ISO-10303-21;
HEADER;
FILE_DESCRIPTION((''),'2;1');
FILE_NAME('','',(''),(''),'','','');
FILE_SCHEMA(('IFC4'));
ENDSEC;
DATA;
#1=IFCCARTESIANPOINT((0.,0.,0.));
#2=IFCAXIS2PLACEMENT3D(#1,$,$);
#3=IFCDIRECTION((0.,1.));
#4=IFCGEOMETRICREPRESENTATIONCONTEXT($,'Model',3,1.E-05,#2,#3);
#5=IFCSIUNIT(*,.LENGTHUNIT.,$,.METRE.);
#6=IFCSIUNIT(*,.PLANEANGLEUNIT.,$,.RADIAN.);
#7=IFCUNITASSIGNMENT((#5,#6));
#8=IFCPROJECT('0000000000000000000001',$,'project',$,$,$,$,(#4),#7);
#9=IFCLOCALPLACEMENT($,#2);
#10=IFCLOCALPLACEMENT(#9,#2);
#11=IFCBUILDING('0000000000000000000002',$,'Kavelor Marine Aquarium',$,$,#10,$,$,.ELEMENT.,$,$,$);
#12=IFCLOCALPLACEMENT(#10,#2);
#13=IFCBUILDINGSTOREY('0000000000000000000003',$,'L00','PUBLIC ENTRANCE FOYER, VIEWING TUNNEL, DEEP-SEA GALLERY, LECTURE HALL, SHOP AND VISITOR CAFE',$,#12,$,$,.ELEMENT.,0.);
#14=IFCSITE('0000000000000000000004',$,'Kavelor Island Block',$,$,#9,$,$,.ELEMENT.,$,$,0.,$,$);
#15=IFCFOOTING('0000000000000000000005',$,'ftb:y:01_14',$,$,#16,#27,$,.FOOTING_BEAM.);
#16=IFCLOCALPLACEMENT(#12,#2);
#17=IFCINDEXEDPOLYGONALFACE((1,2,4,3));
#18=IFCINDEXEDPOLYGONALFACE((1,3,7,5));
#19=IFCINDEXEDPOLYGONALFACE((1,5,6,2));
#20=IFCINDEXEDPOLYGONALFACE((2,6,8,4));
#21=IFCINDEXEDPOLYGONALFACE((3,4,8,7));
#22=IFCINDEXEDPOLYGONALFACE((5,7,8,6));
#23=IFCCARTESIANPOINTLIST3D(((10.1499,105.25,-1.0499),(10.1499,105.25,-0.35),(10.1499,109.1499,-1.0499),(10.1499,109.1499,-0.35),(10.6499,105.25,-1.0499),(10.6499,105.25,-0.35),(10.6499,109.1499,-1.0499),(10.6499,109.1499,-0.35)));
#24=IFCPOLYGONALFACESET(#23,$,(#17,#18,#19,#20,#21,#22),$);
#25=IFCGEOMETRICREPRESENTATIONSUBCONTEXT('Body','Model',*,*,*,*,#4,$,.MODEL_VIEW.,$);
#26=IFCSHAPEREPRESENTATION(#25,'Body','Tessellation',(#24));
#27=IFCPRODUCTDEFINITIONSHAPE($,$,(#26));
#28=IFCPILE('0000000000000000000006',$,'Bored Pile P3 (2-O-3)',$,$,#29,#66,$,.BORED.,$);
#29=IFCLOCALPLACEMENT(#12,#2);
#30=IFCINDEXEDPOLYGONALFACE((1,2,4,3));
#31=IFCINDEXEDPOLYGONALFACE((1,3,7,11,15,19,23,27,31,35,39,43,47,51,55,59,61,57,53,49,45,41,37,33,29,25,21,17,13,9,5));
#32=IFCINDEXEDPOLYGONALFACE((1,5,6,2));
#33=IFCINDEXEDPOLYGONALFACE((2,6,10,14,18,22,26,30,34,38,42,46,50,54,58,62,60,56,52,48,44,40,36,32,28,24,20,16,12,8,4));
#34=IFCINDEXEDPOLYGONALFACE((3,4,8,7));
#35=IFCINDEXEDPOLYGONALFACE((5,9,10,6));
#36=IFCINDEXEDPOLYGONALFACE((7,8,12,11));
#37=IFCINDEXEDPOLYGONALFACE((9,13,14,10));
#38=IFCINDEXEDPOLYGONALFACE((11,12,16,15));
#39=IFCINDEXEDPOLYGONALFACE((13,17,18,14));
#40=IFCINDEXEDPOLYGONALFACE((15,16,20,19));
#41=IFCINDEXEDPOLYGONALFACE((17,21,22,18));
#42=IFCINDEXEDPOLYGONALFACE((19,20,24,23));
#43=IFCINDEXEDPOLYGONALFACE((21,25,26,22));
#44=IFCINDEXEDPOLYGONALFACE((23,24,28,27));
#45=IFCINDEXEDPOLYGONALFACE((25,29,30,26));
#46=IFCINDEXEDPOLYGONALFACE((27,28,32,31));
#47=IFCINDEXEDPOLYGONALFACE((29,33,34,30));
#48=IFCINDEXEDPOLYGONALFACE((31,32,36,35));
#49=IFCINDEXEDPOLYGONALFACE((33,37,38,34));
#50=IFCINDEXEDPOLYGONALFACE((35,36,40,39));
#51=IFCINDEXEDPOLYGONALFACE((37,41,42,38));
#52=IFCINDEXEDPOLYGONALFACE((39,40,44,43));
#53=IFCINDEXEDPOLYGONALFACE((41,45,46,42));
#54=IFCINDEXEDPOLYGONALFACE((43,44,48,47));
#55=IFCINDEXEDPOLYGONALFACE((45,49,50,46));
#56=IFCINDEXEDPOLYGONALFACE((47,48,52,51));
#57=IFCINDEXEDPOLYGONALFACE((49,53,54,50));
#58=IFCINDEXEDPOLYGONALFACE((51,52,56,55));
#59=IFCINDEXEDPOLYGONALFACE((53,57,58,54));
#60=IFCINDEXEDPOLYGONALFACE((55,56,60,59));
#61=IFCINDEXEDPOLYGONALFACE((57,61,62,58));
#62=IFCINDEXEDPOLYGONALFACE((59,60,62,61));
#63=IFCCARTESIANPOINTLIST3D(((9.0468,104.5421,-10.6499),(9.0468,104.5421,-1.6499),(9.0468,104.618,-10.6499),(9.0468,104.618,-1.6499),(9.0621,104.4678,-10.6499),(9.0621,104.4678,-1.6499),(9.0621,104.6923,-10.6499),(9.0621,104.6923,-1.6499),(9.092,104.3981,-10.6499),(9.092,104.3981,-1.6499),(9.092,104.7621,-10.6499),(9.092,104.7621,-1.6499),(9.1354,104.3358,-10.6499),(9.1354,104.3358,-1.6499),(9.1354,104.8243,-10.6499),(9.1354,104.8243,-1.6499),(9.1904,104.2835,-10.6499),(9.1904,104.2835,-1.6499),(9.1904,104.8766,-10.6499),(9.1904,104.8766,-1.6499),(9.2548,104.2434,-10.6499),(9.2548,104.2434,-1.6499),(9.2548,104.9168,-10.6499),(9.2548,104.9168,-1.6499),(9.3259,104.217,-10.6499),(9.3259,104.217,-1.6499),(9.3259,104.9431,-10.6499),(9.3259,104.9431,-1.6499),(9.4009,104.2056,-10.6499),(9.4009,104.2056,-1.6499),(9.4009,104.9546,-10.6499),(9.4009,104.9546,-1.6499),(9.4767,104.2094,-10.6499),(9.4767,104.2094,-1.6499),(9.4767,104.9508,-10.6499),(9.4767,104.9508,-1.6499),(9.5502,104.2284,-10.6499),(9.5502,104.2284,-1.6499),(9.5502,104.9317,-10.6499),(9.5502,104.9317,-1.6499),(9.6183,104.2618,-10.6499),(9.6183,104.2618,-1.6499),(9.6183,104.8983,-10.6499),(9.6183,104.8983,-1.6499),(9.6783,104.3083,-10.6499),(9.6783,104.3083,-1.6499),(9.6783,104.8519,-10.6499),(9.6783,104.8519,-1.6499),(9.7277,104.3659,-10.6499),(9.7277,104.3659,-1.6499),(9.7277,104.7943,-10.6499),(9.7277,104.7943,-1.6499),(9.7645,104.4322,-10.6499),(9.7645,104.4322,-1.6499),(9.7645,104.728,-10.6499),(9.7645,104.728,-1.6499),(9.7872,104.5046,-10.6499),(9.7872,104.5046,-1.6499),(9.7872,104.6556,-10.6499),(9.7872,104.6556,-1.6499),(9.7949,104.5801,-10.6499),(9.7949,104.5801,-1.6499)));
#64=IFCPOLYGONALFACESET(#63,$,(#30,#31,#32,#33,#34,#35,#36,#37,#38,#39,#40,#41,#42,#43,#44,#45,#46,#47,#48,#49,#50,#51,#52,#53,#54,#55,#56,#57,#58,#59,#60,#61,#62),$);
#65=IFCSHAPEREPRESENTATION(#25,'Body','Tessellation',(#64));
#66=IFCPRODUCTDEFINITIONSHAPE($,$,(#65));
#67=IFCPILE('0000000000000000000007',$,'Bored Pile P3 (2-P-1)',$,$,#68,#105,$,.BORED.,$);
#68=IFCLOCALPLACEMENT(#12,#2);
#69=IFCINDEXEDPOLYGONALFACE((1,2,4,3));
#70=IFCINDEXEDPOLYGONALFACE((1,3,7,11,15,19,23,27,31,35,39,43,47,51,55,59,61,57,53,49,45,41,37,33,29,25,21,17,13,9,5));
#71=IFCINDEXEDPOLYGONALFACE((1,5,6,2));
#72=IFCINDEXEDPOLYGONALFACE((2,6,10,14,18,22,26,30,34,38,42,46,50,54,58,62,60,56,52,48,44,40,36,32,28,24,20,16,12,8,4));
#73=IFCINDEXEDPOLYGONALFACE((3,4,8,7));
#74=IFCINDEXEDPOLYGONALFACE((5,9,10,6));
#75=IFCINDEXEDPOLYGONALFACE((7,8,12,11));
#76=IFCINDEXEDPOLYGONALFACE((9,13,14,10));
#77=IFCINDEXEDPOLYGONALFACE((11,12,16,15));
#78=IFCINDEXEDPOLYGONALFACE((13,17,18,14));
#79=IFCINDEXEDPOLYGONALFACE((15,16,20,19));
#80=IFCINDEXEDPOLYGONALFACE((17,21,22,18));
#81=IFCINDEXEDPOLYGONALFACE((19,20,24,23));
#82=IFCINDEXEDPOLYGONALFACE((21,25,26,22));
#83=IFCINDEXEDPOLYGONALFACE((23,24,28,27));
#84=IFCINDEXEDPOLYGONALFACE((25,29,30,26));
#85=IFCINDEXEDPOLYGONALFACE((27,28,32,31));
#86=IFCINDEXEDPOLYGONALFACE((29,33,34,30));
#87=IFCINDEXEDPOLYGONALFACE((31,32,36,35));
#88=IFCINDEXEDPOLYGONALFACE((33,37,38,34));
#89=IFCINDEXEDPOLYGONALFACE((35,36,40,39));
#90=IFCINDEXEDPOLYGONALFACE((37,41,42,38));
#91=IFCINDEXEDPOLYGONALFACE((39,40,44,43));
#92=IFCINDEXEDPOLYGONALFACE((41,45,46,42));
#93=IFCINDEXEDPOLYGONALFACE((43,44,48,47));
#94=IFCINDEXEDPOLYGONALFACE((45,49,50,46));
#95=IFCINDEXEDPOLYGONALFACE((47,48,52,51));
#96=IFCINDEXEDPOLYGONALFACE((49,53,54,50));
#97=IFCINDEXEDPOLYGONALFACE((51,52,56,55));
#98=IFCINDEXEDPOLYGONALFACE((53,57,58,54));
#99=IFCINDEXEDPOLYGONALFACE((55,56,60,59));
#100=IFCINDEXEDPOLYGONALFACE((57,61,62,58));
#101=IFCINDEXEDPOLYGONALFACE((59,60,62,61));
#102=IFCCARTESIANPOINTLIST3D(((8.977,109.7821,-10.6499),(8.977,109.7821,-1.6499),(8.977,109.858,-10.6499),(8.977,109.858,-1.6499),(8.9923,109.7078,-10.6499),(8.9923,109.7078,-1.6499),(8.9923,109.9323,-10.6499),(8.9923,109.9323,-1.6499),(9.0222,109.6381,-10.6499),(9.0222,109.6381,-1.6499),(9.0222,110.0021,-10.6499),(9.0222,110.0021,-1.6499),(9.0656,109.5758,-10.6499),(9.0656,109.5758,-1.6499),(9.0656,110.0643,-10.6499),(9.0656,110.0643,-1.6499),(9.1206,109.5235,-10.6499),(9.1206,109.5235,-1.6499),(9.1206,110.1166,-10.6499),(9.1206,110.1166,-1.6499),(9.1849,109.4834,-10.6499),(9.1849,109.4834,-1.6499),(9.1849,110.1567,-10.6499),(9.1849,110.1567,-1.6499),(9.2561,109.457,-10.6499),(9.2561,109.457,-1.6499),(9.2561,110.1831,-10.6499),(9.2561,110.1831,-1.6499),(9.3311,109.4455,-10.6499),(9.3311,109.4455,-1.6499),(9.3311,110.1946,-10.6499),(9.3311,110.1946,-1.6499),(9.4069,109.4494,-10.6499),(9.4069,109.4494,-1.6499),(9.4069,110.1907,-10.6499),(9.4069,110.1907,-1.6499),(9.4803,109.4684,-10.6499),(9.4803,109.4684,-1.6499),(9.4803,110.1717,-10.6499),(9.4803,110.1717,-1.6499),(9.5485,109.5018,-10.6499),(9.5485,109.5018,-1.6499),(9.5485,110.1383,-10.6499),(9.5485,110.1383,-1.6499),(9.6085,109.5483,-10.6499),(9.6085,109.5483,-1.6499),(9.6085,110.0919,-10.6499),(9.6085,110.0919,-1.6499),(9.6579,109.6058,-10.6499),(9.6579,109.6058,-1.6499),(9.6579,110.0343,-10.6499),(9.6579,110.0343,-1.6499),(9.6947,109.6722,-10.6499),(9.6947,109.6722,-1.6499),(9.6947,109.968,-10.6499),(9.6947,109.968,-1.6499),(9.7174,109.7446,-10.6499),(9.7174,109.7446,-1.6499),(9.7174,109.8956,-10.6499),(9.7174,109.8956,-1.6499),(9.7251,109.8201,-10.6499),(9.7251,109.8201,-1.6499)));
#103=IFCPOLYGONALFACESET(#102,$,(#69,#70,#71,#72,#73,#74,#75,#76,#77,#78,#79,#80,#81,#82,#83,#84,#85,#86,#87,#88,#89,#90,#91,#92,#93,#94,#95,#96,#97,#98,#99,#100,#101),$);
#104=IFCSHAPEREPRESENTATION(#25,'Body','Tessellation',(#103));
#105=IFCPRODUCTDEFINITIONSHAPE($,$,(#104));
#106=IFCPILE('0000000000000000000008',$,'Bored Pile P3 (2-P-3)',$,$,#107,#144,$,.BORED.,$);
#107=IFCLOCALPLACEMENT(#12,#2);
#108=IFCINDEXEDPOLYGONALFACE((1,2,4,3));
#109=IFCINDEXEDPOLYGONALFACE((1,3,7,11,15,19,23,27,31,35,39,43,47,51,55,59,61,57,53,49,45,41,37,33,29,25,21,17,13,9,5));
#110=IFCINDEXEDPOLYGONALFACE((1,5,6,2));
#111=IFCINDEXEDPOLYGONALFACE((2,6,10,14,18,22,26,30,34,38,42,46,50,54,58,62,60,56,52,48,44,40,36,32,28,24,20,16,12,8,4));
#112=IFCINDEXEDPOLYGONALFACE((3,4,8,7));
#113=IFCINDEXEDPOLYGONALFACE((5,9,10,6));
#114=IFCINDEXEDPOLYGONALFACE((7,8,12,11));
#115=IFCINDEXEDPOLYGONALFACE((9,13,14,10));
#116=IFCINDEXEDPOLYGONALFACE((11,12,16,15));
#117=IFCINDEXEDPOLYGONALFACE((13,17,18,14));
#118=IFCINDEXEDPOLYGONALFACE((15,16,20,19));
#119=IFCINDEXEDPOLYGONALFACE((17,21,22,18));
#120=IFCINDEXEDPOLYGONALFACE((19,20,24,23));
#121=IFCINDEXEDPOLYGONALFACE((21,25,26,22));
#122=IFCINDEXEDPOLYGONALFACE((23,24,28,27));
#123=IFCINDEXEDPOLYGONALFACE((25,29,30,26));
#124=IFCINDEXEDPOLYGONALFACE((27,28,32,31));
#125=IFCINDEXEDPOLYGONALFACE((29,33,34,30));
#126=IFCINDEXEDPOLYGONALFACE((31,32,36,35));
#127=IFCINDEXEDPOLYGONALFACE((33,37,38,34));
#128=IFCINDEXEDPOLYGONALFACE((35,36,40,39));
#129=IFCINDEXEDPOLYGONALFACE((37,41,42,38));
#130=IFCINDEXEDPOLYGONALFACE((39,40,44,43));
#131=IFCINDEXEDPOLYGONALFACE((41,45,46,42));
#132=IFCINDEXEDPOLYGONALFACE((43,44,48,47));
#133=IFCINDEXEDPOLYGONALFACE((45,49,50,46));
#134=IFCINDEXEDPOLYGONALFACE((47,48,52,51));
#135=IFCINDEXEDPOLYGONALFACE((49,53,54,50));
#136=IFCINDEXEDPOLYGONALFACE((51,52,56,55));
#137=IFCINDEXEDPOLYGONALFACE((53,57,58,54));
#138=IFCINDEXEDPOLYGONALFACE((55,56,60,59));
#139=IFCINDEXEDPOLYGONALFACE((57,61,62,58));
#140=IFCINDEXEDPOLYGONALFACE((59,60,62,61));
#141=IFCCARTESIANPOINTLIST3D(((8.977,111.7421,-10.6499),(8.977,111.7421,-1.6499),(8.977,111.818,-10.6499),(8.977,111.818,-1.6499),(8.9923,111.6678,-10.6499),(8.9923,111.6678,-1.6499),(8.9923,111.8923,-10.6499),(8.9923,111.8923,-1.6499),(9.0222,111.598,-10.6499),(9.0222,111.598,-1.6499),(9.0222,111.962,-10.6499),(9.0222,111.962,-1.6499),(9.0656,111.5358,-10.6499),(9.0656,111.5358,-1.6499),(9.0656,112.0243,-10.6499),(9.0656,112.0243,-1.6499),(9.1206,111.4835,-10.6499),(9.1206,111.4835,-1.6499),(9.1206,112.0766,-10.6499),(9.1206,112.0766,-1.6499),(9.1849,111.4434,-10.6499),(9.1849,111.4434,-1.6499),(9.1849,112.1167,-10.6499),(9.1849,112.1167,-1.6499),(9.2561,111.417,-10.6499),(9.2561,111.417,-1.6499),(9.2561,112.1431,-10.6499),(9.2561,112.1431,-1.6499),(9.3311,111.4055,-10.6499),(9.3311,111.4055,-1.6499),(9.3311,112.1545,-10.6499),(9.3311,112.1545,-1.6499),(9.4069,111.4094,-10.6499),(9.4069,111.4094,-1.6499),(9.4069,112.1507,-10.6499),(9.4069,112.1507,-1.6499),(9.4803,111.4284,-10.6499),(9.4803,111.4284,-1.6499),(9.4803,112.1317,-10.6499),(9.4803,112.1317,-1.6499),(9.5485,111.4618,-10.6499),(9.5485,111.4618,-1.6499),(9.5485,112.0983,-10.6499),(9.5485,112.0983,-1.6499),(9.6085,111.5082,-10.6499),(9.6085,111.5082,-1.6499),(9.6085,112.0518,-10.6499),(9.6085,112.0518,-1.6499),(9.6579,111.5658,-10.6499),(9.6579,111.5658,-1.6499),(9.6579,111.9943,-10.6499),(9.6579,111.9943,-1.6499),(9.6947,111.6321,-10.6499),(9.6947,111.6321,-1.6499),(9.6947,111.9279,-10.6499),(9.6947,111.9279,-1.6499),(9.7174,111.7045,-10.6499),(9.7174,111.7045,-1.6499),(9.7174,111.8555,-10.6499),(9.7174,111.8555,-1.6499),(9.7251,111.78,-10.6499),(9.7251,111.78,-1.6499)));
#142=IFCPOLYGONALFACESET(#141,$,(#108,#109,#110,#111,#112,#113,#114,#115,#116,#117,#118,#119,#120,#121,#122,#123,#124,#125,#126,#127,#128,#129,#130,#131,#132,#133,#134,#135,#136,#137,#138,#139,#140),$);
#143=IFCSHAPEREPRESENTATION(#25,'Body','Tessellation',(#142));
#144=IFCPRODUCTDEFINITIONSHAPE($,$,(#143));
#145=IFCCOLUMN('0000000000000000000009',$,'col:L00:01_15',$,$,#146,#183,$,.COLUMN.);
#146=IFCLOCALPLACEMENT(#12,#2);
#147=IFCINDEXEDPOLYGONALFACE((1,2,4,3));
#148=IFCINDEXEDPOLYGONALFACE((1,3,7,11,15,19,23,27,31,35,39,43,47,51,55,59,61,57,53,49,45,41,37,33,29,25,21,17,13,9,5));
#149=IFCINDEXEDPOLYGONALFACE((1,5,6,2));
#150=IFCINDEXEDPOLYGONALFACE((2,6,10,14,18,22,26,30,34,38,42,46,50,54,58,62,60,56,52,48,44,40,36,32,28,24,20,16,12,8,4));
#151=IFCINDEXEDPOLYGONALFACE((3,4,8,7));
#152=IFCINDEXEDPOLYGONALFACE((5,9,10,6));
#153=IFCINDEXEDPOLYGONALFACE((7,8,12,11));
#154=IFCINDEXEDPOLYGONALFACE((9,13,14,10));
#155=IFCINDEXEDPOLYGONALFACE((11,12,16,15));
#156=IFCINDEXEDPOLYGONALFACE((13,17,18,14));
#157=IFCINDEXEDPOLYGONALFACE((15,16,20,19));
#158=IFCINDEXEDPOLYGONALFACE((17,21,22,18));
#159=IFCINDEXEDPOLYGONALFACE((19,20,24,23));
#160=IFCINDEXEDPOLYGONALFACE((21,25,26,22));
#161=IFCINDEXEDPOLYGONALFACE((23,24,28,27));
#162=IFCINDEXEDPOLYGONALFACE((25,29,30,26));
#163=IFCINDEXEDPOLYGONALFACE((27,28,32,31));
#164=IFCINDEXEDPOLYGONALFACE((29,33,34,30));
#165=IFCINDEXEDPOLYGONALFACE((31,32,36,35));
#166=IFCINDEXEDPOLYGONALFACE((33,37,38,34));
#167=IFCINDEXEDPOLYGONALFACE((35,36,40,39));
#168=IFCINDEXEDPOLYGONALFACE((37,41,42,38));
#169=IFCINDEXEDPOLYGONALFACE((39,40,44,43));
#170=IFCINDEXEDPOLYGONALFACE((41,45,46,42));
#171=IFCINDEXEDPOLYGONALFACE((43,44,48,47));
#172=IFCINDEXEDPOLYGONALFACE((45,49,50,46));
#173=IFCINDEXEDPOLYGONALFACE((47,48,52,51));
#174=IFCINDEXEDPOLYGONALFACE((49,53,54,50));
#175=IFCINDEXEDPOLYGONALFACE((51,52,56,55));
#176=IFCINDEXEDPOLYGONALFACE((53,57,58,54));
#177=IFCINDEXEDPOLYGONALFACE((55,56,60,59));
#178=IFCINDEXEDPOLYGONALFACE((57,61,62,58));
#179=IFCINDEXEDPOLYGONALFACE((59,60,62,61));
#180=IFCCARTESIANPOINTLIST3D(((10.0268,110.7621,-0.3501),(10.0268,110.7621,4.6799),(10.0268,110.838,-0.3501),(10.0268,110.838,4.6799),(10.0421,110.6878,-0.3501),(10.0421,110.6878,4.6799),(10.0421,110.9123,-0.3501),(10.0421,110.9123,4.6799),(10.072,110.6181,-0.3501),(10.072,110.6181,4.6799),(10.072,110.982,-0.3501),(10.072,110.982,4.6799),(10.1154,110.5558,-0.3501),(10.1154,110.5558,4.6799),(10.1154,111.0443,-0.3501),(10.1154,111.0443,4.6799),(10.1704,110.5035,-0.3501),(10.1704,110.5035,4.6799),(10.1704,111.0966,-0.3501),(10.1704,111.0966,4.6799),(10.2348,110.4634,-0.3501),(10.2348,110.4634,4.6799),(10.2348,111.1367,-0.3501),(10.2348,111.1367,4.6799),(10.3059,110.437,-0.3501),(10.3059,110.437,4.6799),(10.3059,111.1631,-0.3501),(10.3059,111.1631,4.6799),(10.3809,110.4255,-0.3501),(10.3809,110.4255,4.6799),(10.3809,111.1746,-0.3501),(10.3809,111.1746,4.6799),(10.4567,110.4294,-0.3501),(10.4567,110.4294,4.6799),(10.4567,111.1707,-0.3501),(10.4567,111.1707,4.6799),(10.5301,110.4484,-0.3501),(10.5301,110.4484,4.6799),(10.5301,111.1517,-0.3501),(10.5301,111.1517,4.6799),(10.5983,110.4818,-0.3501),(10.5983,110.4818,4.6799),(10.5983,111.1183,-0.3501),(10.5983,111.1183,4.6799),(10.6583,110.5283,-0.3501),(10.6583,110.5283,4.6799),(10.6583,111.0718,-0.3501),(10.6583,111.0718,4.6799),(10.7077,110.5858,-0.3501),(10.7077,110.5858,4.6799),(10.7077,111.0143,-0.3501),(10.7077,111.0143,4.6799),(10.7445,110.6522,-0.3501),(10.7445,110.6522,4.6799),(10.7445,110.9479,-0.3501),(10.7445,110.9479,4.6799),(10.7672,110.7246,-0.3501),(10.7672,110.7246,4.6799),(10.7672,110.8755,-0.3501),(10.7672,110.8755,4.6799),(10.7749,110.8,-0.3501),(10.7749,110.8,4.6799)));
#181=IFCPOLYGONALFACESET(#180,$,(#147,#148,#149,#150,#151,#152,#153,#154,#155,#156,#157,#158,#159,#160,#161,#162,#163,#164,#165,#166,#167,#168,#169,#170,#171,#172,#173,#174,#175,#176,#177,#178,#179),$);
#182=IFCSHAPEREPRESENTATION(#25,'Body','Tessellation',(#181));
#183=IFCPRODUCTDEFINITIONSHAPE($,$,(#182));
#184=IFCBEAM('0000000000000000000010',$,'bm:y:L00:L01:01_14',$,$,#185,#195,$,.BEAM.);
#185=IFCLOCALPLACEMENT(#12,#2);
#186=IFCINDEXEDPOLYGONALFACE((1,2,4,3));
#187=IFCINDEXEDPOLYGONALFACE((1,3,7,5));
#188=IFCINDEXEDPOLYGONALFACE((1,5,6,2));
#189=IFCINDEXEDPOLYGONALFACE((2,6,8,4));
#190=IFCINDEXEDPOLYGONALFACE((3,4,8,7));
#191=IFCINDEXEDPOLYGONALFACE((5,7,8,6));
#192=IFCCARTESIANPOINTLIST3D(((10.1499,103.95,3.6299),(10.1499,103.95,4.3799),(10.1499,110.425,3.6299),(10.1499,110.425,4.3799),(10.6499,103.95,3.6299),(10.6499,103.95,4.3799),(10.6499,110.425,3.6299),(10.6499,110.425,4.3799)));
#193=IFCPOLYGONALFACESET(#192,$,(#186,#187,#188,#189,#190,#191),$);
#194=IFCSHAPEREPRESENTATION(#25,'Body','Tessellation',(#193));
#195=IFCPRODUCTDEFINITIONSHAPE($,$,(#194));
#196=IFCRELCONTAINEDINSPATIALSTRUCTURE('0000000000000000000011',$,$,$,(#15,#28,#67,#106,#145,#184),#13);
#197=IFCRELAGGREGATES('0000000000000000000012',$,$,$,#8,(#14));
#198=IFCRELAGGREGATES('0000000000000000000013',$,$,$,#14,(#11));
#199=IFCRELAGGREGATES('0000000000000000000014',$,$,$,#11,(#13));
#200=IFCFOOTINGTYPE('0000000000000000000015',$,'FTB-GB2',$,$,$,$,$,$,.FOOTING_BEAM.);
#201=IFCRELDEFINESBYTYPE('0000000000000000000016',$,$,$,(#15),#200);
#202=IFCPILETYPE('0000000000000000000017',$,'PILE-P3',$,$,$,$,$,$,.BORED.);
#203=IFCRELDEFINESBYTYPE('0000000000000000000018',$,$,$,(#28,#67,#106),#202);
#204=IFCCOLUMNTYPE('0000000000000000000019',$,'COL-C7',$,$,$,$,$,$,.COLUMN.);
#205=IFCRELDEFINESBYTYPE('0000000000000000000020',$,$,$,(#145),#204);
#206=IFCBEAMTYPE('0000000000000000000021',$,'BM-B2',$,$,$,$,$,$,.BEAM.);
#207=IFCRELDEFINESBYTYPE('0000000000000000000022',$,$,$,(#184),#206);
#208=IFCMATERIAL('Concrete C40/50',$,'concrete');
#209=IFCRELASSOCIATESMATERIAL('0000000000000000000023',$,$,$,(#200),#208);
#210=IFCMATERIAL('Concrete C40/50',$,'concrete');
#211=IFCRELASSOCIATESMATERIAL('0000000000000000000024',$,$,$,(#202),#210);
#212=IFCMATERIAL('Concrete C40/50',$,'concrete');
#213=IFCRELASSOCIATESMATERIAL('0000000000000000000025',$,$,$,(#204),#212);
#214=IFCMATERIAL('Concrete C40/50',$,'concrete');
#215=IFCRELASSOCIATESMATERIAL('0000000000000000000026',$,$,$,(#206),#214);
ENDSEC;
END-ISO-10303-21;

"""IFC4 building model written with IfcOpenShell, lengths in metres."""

from ifc_helpers import new_model, si_unit, direction, frame, origin, origin_2d, place, context, subcontext, project, spatial, rectangle, circle, extrude, material, material_profile, profile_set, type_object, element, save


model = new_model("IFC4")

# Units and contexts
model_context = context("Model", 3, precision=1e-05, world=origin(), true_north=direction((0.0, 1.0)))
body_context = subcontext(model_context, "Body", "Model", "MODEL_VIEW")
ifc_project = project(units=[si_unit("LENGTHUNIT", "METRE"), si_unit("PLANEANGLEUNIT", "RADIAN")], contexts=[model_context])

# Site, building, storey
site_placement = place(None, origin())
site = spatial("IfcSite", under=ifc_project, at=site_placement, Name="Kavelor Island Block", CompositionType="ELEMENT", RefElevation=0.0)
building_placement = place(site_placement, origin())
building = spatial("IfcBuilding", under=site, at=building_placement, Name="Kavelor Marine Aquarium", CompositionType="ELEMENT")
storey_placement = place(building_placement, origin())
storey = spatial("IfcBuildingStorey", under=building, at=storey_placement, Name="L00", Description="PUBLIC ENTRANCE FOYER, VIEWING TUNNEL, DEEP-SEA GALLERY, LECTURE HALL, SHOP AND VISITOR CAFE", CompositionType="ELEMENT", Elevation=0.0)

# Footing
ifc_material_1 = material(Name="Concrete C40/50", Category="concrete")
ifc_material_profile_1 = material_profile(ifc_material_1, rectangle(XDim=0.5, YDim=0.7, at=origin_2d()), Name="GB 500x700")
ifc_profile_set_1 = profile_set([ifc_material_profile_1], Name="Concrete C40/50")
footing_type = type_object("IfcFootingType", Name="FTB-GB2", PredefinedType="FOOTING_BEAM", material=ifc_profile_set_1)
footing_placement = place(storey_placement, frame((10.3999, 105.25, -0.7), z_axis=(0.0, 1.0, 0.0), x_axis=(-1.0, 0.0, 0.0)))
element("IfcFooting", 1, at=footing_placement, inside=storey, type_object=footing_type, Name="ftb:y:01_14", PredefinedType="FOOTING_BEAM", context=body_context, shape_type="SweptSolid", body=[
    extrude(rectangle(XDim=0.5, YDim=0.7, at=origin_2d()), origin(), (0.0, 0.0, 1.0), 3.8999),
])

# Piles
ifc_material_2 = material(Name="Concrete C40/50", Category="concrete")
ifc_material_profile_2 = material_profile(ifc_material_2, circle(Radius=0.375, at=origin_2d()), Name="PILE D750")
ifc_profile_set_2 = profile_set([ifc_material_profile_2], Name="Concrete C40/50")
pile_type = type_object("IfcPileType", Name="PILE-P3", PredefinedType="BORED", material=ifc_profile_set_2)
for number, where, z_axis, x_axis, name in (
    (2, (9.4199, 104.5801, -1.6499), (0.0, 0.0, -1.0), (1.0, 0.0, 0.0), "Bored Pile P3 (2-O-3)"),
    (3, (9.3501, 109.8201, -1.6499), (0.0, 0.0, -1.0), (1.0, 0.0, 0.0), "Bored Pile P3 (2-P-1)"),
    (4, (9.3501, 111.78, -1.6499), (0.0, 0.0, -1.0), (1.0, 0.0, 0.0), "Bored Pile P3 (2-P-3)"),
):
    element("IfcPile", number, at=place(storey_placement, frame(where, z_axis=z_axis, x_axis=x_axis)), inside=storey, type_object=pile_type, Name=name, PredefinedType="BORED", context=body_context, shape_type="SweptSolid", body=[
        extrude(circle(Radius=0.375, at=origin_2d()), origin(), (0.0, 0.0, 1.0), 9.0),
    ])

# Column
ifc_material_3 = material(Name="Concrete C40/50", Category="concrete")
ifc_material_profile_3 = material_profile(ifc_material_3, circle(Radius=0.375, at=origin_2d()), Name="RC-COL D750")
ifc_profile_set_3 = profile_set([ifc_material_profile_3], Name="Concrete C40/50")
column_type = type_object("IfcColumnType", Name="COL-C7", PredefinedType="COLUMN", material=ifc_profile_set_3)
column_placement = place(storey_placement, frame((10.3999, 110.8, -0.3501), z_axis=(0.0, 0.0, 1.0), x_axis=(1.0, 0.0, 0.0)))
element("IfcColumn", 5, at=column_placement, inside=storey, type_object=column_type, Name="col:L00:01_15", PredefinedType="COLUMN", context=body_context, shape_type="SweptSolid", body=[
    extrude(circle(Radius=0.375, at=origin_2d()), origin(), (0.0, 0.0, 1.0), 5.03),
])

# Beam
ifc_material_4 = material(Name="Concrete C40/50", Category="concrete")
ifc_material_profile_4 = material_profile(ifc_material_4, rectangle(XDim=0.5, YDim=0.75, at=origin_2d()), Name="RC-BM 500x750")
ifc_profile_set_4 = profile_set([ifc_material_profile_4], Name="Concrete C40/50")
beam_type_1 = type_object("IfcBeamType", Name="BM-B2", PredefinedType="BEAM", material=ifc_profile_set_4)
beam_1_placement = place(storey_placement, frame((10.3999, 103.95, 4.0049), z_axis=(0.0, 1.0, 0.0), x_axis=(-1.0, 0.0, 0.0)))
element("IfcBeam", 6, at=beam_1_placement, inside=storey, type_object=beam_type_1, Name="bm:y:L00:L01:01_14", PredefinedType="BEAM", context=body_context, shape_type="SweptSolid", body=[
    extrude(rectangle(XDim=0.5, YDim=0.75, at=origin_2d()), origin(), (0.0, 0.0, 1.0), 6.4751),
])

save(model, "model.ifc")
